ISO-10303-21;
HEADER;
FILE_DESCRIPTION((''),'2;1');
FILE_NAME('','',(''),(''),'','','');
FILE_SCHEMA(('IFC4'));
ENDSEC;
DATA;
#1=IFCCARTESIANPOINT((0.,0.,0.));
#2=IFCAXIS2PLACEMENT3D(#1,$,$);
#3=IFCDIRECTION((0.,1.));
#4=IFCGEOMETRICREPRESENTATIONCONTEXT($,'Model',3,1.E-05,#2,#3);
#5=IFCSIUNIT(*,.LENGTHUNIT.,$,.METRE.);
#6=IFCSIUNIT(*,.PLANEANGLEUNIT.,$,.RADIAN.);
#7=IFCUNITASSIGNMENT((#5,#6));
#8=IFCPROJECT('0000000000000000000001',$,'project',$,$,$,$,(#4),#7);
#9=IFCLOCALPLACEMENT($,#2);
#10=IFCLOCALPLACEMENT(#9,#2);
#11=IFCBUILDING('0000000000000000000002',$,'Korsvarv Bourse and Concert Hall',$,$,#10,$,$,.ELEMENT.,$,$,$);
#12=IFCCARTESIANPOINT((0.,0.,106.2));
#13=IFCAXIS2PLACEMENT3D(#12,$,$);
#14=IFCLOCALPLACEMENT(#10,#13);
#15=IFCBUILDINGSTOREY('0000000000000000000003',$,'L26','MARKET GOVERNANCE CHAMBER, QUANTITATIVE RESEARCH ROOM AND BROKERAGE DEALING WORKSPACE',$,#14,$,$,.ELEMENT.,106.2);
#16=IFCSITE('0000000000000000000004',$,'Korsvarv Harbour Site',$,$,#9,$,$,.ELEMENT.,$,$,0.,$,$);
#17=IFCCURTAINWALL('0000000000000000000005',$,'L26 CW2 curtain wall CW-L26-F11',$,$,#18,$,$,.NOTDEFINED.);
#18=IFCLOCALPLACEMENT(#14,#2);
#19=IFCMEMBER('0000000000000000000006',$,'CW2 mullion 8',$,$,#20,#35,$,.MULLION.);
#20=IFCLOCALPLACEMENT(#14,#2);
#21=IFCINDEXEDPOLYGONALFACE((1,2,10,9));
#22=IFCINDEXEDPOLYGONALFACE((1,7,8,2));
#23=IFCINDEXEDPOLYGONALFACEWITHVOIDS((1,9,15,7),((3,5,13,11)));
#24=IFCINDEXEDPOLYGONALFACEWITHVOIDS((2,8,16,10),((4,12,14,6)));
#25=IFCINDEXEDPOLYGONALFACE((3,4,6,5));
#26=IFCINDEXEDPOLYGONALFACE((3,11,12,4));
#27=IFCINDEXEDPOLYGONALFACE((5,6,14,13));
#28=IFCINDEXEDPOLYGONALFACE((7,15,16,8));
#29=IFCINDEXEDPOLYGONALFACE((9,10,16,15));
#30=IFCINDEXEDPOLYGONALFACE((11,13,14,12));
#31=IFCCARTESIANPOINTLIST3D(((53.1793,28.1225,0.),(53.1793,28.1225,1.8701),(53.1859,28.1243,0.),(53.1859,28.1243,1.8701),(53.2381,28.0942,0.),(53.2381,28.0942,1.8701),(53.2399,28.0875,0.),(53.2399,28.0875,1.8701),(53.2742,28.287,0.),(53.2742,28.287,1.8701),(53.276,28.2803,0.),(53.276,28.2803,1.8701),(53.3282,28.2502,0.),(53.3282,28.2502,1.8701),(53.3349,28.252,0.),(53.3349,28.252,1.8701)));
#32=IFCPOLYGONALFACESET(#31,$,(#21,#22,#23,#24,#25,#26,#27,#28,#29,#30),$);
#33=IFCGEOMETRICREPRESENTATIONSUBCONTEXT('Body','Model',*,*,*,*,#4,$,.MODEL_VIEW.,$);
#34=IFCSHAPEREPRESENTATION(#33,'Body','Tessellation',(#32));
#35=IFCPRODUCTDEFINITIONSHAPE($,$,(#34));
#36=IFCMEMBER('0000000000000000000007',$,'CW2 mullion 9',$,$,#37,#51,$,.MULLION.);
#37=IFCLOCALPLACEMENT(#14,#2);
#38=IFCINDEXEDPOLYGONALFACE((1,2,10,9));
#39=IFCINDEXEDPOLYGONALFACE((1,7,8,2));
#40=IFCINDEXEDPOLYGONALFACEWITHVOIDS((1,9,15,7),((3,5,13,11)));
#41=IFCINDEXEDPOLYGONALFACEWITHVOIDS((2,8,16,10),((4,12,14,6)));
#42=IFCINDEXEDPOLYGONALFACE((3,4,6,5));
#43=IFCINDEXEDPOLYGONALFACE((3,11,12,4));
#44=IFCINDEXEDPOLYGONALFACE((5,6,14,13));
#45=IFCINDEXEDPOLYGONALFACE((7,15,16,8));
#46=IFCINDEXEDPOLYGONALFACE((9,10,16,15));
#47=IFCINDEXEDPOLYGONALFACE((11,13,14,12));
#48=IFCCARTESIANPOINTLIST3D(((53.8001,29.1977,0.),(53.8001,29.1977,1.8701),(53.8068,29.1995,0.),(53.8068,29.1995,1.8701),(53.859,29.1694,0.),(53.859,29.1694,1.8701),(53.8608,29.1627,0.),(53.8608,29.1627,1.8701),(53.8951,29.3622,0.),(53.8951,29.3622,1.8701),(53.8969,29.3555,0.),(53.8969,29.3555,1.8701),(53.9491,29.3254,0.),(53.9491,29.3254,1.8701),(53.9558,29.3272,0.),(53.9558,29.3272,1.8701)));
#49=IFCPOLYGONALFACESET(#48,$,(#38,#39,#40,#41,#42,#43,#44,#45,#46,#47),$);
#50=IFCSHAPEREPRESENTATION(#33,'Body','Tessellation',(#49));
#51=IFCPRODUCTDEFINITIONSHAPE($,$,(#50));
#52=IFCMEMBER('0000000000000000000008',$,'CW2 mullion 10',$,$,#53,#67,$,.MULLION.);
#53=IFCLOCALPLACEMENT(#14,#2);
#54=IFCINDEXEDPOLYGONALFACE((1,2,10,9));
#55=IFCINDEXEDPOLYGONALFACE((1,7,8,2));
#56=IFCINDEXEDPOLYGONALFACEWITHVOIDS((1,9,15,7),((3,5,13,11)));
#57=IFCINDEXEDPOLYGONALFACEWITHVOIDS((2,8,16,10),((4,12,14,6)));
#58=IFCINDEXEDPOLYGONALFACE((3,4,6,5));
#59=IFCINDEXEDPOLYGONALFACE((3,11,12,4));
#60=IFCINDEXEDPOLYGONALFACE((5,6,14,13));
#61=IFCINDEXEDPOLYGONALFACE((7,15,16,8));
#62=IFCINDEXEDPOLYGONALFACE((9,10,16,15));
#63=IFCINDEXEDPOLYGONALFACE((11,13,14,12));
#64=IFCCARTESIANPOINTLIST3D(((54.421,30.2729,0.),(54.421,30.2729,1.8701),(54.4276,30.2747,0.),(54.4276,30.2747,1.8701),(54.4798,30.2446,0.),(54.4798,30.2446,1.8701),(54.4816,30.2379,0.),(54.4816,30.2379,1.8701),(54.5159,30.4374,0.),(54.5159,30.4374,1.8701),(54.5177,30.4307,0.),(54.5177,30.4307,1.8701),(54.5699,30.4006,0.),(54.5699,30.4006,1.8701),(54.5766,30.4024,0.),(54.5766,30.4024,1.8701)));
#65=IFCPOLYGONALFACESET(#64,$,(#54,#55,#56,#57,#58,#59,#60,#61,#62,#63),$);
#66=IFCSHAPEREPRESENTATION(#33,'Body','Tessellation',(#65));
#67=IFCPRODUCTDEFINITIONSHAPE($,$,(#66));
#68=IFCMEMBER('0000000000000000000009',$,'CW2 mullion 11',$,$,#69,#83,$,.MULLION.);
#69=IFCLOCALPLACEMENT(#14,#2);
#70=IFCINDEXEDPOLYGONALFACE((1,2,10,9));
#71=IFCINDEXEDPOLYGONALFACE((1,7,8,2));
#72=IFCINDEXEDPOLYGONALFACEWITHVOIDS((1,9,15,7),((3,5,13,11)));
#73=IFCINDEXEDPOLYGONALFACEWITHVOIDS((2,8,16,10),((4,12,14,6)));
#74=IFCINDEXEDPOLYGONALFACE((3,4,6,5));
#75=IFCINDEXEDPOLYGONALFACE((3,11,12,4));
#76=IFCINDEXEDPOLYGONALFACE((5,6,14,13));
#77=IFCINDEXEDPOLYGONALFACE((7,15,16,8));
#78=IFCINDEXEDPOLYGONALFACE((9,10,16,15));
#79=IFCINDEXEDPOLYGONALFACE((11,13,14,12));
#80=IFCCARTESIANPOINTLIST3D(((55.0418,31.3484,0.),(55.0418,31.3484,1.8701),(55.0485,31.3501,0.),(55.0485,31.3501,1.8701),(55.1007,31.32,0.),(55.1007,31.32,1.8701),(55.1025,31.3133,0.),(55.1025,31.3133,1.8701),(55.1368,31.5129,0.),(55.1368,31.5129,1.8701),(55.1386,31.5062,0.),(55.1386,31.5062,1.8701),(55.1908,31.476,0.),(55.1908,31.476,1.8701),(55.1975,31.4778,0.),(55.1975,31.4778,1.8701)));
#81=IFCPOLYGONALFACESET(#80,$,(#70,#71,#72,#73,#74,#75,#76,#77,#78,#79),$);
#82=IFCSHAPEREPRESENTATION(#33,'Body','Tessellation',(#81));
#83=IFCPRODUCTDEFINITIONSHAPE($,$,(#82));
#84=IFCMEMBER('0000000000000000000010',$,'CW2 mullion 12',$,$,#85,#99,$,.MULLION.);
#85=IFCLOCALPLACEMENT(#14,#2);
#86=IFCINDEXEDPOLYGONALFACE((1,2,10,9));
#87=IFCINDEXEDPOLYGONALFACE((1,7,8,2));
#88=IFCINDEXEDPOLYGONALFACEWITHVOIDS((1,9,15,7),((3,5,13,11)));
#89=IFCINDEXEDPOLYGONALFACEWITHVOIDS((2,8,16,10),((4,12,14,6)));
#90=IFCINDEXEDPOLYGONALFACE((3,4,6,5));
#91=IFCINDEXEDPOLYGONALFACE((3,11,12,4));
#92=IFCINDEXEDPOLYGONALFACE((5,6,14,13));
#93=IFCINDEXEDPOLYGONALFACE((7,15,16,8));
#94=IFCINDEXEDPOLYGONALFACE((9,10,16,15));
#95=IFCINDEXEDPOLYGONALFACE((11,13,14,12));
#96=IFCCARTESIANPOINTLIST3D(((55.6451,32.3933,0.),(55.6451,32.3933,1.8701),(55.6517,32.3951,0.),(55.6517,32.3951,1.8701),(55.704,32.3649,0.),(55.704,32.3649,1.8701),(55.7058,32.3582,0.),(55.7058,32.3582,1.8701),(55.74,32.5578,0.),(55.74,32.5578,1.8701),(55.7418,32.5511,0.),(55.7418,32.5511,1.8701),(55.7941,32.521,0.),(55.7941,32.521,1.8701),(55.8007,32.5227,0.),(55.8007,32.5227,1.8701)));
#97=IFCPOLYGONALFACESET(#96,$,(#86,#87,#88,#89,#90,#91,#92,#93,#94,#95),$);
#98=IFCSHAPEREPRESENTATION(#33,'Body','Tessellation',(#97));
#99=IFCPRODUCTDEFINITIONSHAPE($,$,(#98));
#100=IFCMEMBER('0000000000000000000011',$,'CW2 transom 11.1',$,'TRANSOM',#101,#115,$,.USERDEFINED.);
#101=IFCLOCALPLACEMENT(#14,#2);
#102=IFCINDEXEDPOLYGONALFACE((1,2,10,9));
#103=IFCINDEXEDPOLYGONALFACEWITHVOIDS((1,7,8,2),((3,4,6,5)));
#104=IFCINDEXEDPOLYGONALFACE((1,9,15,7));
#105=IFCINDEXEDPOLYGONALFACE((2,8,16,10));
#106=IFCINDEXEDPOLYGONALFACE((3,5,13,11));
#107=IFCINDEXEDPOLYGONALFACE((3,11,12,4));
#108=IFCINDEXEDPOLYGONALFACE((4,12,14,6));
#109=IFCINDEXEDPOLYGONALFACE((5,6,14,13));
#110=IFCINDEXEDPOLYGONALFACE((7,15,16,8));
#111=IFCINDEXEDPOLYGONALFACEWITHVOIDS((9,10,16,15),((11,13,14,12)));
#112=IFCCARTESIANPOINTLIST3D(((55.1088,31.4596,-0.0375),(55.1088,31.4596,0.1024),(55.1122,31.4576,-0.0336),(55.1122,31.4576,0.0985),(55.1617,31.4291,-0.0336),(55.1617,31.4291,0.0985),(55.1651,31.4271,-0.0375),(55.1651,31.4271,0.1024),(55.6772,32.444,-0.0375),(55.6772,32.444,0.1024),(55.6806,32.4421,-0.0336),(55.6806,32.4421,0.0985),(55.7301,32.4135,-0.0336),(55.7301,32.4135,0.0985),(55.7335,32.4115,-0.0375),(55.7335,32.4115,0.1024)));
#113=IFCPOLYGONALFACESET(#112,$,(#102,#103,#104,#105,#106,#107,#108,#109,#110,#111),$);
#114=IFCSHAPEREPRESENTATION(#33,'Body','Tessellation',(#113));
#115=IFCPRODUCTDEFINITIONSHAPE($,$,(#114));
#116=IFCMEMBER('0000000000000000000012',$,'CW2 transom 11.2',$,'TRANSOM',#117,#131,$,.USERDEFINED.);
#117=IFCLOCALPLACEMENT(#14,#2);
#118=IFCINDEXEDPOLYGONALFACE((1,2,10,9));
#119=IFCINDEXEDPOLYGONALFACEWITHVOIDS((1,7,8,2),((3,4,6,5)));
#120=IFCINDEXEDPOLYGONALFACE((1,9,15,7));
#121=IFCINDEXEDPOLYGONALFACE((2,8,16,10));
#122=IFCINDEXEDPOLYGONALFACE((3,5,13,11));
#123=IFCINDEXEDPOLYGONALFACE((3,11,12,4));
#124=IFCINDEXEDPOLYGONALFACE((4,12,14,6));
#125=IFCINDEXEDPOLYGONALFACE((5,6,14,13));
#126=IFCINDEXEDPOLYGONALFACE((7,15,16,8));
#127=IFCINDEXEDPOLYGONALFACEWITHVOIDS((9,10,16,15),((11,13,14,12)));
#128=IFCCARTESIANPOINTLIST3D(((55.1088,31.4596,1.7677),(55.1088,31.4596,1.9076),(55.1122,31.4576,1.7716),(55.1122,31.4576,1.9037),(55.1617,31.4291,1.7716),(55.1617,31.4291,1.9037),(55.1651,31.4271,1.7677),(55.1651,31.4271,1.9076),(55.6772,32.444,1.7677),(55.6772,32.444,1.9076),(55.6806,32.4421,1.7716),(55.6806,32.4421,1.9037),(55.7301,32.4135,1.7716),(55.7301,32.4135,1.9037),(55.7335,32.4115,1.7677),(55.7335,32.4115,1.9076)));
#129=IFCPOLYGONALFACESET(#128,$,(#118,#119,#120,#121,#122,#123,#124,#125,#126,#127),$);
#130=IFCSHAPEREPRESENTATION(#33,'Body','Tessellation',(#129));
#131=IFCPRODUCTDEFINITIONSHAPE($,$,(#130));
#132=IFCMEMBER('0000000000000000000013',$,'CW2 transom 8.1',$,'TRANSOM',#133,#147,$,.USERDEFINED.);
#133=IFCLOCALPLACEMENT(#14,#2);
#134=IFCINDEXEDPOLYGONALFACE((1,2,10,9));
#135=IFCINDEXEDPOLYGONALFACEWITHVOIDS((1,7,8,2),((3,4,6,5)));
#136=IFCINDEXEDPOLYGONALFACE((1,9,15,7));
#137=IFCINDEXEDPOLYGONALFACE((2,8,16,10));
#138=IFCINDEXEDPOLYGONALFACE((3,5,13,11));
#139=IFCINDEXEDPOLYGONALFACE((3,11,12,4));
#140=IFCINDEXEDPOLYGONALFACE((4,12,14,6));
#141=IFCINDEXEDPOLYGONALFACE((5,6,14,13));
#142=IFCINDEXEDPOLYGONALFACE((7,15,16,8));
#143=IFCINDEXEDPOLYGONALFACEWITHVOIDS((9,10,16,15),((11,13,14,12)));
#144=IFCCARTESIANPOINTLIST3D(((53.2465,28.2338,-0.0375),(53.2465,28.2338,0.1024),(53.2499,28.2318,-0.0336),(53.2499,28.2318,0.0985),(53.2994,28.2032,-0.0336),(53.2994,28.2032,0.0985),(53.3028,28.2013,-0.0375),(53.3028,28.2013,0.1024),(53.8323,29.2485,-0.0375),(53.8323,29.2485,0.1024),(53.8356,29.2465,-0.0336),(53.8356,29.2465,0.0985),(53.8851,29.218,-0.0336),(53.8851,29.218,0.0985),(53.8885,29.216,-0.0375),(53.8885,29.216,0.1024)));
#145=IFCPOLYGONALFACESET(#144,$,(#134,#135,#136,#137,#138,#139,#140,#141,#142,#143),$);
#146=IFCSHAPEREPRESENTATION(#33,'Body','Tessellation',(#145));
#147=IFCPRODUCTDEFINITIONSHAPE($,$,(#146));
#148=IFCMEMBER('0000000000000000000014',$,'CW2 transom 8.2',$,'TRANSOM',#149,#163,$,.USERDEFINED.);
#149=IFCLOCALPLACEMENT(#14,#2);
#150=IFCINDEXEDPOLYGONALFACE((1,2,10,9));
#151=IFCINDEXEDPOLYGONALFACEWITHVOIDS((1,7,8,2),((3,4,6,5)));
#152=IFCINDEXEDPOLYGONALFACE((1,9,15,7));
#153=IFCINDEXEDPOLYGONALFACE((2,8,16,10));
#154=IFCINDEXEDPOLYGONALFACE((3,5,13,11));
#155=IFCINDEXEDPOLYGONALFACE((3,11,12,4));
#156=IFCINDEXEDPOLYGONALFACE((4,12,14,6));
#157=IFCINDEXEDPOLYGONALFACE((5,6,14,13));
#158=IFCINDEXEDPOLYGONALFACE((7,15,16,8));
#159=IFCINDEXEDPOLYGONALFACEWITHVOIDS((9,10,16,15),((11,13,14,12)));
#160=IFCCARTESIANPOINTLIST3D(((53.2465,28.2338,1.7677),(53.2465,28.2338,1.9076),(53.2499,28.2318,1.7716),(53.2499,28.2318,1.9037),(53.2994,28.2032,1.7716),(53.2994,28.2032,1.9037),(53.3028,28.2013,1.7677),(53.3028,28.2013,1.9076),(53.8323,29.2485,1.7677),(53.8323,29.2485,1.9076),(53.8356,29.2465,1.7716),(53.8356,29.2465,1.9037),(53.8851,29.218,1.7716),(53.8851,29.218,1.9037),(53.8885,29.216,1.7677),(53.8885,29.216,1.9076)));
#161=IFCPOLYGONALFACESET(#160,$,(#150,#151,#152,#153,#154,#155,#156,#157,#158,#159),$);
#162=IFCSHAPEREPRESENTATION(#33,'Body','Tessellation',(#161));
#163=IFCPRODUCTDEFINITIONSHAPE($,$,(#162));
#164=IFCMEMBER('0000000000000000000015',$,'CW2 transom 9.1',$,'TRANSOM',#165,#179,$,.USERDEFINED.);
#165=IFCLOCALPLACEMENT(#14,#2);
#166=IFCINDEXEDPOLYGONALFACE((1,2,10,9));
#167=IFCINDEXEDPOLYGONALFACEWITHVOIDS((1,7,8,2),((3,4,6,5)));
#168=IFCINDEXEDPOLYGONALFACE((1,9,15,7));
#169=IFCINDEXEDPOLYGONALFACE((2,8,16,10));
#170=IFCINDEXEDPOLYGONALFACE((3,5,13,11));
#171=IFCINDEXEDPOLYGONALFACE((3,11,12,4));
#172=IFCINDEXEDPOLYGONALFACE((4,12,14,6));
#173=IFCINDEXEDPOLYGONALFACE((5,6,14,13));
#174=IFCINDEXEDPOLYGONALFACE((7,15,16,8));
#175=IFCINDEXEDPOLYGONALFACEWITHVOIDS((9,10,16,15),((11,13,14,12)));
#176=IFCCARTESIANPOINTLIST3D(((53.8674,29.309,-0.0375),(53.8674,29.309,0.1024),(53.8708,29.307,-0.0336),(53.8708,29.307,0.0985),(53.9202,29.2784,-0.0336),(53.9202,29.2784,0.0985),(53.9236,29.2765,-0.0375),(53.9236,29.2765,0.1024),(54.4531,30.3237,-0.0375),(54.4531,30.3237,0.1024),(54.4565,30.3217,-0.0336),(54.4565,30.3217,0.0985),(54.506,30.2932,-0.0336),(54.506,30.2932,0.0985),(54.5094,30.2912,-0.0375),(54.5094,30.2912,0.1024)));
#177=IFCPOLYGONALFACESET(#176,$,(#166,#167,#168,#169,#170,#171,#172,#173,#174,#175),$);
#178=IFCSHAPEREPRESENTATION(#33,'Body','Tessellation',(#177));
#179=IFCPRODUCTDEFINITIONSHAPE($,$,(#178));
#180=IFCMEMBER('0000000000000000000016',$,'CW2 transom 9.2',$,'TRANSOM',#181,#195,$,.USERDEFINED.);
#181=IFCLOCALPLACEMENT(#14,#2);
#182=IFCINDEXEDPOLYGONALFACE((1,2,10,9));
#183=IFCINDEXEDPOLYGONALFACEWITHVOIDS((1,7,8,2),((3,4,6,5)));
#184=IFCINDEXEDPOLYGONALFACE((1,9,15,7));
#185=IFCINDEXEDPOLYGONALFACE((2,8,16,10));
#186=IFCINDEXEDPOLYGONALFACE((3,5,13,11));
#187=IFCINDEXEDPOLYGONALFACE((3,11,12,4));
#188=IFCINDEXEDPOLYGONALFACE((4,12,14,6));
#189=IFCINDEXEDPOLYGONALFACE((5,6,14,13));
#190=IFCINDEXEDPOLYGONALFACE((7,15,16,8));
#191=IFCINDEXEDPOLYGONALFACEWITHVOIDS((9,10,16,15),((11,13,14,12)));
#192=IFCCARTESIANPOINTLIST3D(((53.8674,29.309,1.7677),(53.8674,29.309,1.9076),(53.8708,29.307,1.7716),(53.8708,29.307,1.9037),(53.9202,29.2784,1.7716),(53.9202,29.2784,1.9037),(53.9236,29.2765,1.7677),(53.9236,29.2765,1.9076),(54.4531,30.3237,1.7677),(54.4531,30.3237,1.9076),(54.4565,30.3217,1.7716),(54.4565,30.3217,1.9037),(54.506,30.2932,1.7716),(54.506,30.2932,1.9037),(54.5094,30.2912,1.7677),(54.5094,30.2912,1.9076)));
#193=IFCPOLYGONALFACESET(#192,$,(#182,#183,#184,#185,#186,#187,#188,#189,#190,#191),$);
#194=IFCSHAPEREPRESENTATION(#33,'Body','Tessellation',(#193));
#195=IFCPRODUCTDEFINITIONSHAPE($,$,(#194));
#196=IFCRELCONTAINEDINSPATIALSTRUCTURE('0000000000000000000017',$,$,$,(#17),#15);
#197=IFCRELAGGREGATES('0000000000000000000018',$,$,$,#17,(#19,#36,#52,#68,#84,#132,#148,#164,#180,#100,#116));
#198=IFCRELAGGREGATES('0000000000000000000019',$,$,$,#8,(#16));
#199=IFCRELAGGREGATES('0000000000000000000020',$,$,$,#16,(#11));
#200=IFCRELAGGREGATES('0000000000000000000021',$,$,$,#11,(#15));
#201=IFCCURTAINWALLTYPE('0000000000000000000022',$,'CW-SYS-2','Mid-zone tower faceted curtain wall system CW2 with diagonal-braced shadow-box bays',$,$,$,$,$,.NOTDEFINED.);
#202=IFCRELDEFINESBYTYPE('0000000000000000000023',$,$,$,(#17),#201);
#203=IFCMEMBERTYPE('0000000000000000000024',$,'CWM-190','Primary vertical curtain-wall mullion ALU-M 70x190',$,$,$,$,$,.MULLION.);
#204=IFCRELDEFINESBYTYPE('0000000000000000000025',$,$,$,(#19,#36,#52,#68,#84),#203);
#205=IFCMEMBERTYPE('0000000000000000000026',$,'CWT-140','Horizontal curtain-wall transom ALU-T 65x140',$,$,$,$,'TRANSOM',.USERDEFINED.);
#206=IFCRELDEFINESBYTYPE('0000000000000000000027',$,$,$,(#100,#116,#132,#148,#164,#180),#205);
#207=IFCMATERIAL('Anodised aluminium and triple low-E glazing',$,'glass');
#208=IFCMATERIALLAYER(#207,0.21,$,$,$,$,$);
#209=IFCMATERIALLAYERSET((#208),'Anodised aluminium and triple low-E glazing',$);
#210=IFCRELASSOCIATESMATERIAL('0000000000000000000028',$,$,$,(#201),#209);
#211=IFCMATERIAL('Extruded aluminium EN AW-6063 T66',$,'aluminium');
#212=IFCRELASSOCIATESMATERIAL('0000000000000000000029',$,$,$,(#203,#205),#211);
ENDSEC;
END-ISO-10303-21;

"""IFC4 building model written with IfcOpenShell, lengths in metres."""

from ifc_helpers import new_model, si_unit, direction, frame, origin, origin_2d, place, context, subcontext, project, spatial, hollow_rectangle, extrude, source, transform, mapped, material, layer, layer_set, material_profile, profile_set, type_object, element, aggregate, save


model = new_model("IFC4")

# Units and contexts
model_context = context("Model", 3, precision=1e-05, world=origin(), true_north=direction((0.0, 1.0)))
body_context = subcontext(model_context, "Body", "Model", "MODEL_VIEW")
ifc_project = project(units=[si_unit("LENGTHUNIT", "METRE"), si_unit("PLANEANGLEUNIT", "RADIAN")], contexts=[model_context])

# Site, building, storey
site_placement = place(None, origin())
site = spatial("IfcSite", under=ifc_project, at=site_placement, Name="Korsvarv Harbour Site", CompositionType="ELEMENT", RefElevation=0.0)
building_placement = place(site_placement, origin())
building = spatial("IfcBuilding", under=site, at=building_placement, Name="Korsvarv Bourse and Concert Hall", CompositionType="ELEMENT")
storey_placement = place(building_placement, frame((0.0, 0.0, 106.2)))
storey = spatial("IfcBuildingStorey", under=building, at=storey_placement, Name="L26", Description="MARKET GOVERNANCE CHAMBER, QUANTITATIVE RESEARCH ROOM AND BROKERAGE DEALING WORKSPACE", CompositionType="ELEMENT", Elevation=106.2)

# Curtain wall, members
ifc_material_1 = material(Name="Anodised aluminium and triple low-E glazing", Category="glass")
ifc_layer_1 = layer(ifc_material_1, 0.21)
ifc_layer_set_1 = layer_set([ifc_layer_1], Name="Anodised aluminium and triple low-E glazing")
curtain_wall_type = type_object("IfcCurtainWallType", Name="CW-SYS-2", Description="Mid-zone tower faceted curtain wall system CW2 with diagonal-braced shadow-box bays", PredefinedType="NOTDEFINED", material=ifc_layer_set_1)
curtain_wall_placement = place(storey_placement, origin())
curtain_wall = element("IfcCurtainWall", 1, at=curtain_wall_placement, inside=storey, type_object=curtain_wall_type, Name="L26 CW2 curtain wall CW-L26-F11", PredefinedType="NOTDEFINED")
ifc_material_2 = material(Name="Extruded aluminium EN AW-6063 T66", Category="aluminium")
ifc_material_profile_1 = material_profile(ifc_material_2, hollow_rectangle(XDim=0.0701, YDim=0.1899, WallThickness=0.0049, at=origin_2d()), Name="ALU-M 70x190")
ifc_profile_set_1 = profile_set([ifc_material_profile_1], Name="Extruded aluminium EN AW-6063 T66")
member_type_1 = type_object("IfcMemberType", Name="CWM-190", Description="Primary vertical curtain-wall mullion ALU-M 70x190", PredefinedType="MULLION", material=ifc_profile_set_1)
shared_shape_1 = source(origin(), body_context, "Body", "SweptSolid", [
    extrude(hollow_rectangle(XDim=0.0701, YDim=0.1899, WallThickness=0.0049, at=origin_2d()), origin(), (0.0, 0.0, 1.0), 1.8701),
])
member_1_placement = place(storey_placement, frame((53.2571, 28.1873, 0.0), z_axis=(0.0, 0.0, 1.0), x_axis=(-0.866024, 0.500002, 0.0)))
member_1 = element("IfcMember", 2, at=member_1_placement, type_object=member_type_1, Name="CW2 mullion 8", PredefinedType="MULLION", context=body_context, shape_type="MappedRepresentation", body=[
    mapped(shared_shape_1, transform((0.0, 0.0, 0.0), scale=1.0)),
])
member_2_placement = place(storey_placement, frame((53.8779, 29.2625, 0.0), z_axis=(0.0, 0.0, 1.0), x_axis=(-0.866024, 0.500002, 0.0)))
member_2 = element("IfcMember", 3, at=member_2_placement, type_object=member_type_1, Name="CW2 mullion 9", PredefinedType="MULLION", context=body_context, shape_type="MappedRepresentation", body=[
    mapped(shared_shape_1, transform((0.0, 0.0, 0.0), scale=1.0)),
])
member_3_placement = place(storey_placement, frame((54.4988, 30.3376, 0.0), z_axis=(0.0, 0.0, 1.0), x_axis=(-0.866024, 0.500002, 0.0)))
member_3 = element("IfcMember", 4, at=member_3_placement, type_object=member_type_1, Name="CW2 mullion 10", PredefinedType="MULLION", context=body_context, shape_type="MappedRepresentation", body=[
    mapped(shared_shape_1, transform((0.0, 0.0, 0.0), scale=1.0)),
])
member_4_placement = place(storey_placement, frame((55.1196, 31.4131, 0.0), z_axis=(0.0, 0.0, 1.0), x_axis=(-0.866024, 0.500002, 0.0)))
member_4 = element("IfcMember", 5, at=member_4_placement, type_object=member_type_1, Name="CW2 mullion 11", PredefinedType="MULLION", context=body_context, shape_type="MappedRepresentation", body=[
    mapped(shared_shape_1, transform((0.0, 0.0, 0.0), scale=1.0)),
])
member_5_placement = place(storey_placement, frame((55.7229, 32.458, 0.0), z_axis=(0.0, 0.0, 1.0), x_axis=(-0.866024, 0.500002, 0.0)))
member_5 = element("IfcMember", 6, at=member_5_placement, type_object=member_type_1, Name="CW2 mullion 12", PredefinedType="MULLION", context=body_context, shape_type="MappedRepresentation", body=[
    mapped(shared_shape_1, transform((0.0, 0.0, 0.0), scale=1.0)),
])
ifc_material_profile_2 = material_profile(ifc_material_2, hollow_rectangle(XDim=0.0649, YDim=0.1399, WallThickness=0.0039, at=origin_2d()), Name="ALU-T 65x140")
ifc_profile_set_2 = profile_set([ifc_material_profile_2], Name="Extruded aluminium EN AW-6063 T66")
member_type_2 = type_object("IfcMemberType", Name="CWT-140", Description="Horizontal curtain-wall transom ALU-T 65x140", ElementType="TRANSOM", PredefinedType="USERDEFINED", material=ifc_profile_set_2)
shared_shape_2 = source(origin(), body_context, "Body", "SweptSolid", [
    extrude(hollow_rectangle(XDim=0.0649, YDim=0.1399, WallThickness=0.0039, at=origin_2d()), origin(), (0.0, 0.0, 1.0), 1.1367),
])
member_6_placement = place(storey_placement, frame((55.137, 31.4434, 0.0325), z_axis=(0.50002, 0.866014, 0.0), x_axis=(-0.866014, 0.50002, 0.0)))
member_6 = element("IfcMember", 7, at=member_6_placement, type_object=member_type_2, Name="CW2 transom 11.1", ObjectType="TRANSOM", PredefinedType="USERDEFINED", context=body_context, shape_type="MappedRepresentation", body=[
    mapped(shared_shape_2, transform((0.0, 0.0, 0.0), scale=1.0)),
])
member_7_placement = place(storey_placement, frame((55.137, 31.4434, 1.8376), z_axis=(0.50002, 0.866014, 0.0), x_axis=(-0.866014, 0.50002, 0.0)))
member_7 = element("IfcMember", 8, at=member_7_placement, type_object=member_type_2, Name="CW2 transom 11.2", ObjectType="TRANSOM", PredefinedType="USERDEFINED", context=body_context, shape_type="MappedRepresentation", body=[
    mapped(shared_shape_2, transform((0.0, 0.0, 0.0), scale=1.0)),
])
shared_shape_3 = source(origin(), body_context, "Body", "SweptSolid", [
    extrude(hollow_rectangle(XDim=0.0649, YDim=0.1399, WallThickness=0.0039, at=origin_2d()), origin(), (0.0, 0.0, 1.0), 1.1716),
])
member_8_placement = place(storey_placement, frame((53.2747, 28.2175, 0.0325), z_axis=(0.499927, 0.866068, 0.0), x_axis=(-0.866068, 0.499927, 0.0)))
member_8 = element("IfcMember", 9, at=member_8_placement, type_object=member_type_2, Name="CW2 transom 8.1", ObjectType="TRANSOM", PredefinedType="USERDEFINED", context=body_context, shape_type="MappedRepresentation", body=[
    mapped(shared_shape_3, transform((0.0, 0.0, 0.0), scale=1.0)),
])
member_9_placement = place(storey_placement, frame((53.2747, 28.2175, 1.8376), z_axis=(0.499927, 0.866068, 0.0), x_axis=(-0.866068, 0.499927, 0.0)))
member_9 = element("IfcMember", 10, at=member_9_placement, type_object=member_type_2, Name="CW2 transom 8.2", ObjectType="TRANSOM", PredefinedType="USERDEFINED", context=body_context, shape_type="MappedRepresentation", body=[
    mapped(shared_shape_3, transform((0.0, 0.0, 0.0), scale=1.0)),
])
member_10_placement = place(storey_placement, frame((53.8955, 29.2927, 0.0325), z_axis=(0.499927, 0.866068, 0.0), x_axis=(-0.866068, 0.499927, 0.0)))
member_10 = element("IfcMember", 11, at=member_10_placement, type_object=member_type_2, Name="CW2 transom 9.1", ObjectType="TRANSOM", PredefinedType="USERDEFINED", context=body_context, shape_type="MappedRepresentation", body=[
    mapped(shared_shape_3, transform((0.0, 0.0, 0.0), scale=1.0)),
])
member_11_placement = place(storey_placement, frame((53.8955, 29.2927, 1.8376), z_axis=(0.499927, 0.866068, 0.0), x_axis=(-0.866068, 0.499927, 0.0)))
member_11 = element("IfcMember", 12, at=member_11_placement, type_object=member_type_2, Name="CW2 transom 9.2", ObjectType="TRANSOM", PredefinedType="USERDEFINED", context=body_context, shape_type="MappedRepresentation", body=[
    mapped(shared_shape_3, transform((0.0, 0.0, 0.0), scale=1.0)),
])
aggregate(curtain_wall, [member_1, member_2, member_3, member_4, member_5, member_8, member_9, member_10, member_11, member_6, member_7])

save(model, "model.ifc")
